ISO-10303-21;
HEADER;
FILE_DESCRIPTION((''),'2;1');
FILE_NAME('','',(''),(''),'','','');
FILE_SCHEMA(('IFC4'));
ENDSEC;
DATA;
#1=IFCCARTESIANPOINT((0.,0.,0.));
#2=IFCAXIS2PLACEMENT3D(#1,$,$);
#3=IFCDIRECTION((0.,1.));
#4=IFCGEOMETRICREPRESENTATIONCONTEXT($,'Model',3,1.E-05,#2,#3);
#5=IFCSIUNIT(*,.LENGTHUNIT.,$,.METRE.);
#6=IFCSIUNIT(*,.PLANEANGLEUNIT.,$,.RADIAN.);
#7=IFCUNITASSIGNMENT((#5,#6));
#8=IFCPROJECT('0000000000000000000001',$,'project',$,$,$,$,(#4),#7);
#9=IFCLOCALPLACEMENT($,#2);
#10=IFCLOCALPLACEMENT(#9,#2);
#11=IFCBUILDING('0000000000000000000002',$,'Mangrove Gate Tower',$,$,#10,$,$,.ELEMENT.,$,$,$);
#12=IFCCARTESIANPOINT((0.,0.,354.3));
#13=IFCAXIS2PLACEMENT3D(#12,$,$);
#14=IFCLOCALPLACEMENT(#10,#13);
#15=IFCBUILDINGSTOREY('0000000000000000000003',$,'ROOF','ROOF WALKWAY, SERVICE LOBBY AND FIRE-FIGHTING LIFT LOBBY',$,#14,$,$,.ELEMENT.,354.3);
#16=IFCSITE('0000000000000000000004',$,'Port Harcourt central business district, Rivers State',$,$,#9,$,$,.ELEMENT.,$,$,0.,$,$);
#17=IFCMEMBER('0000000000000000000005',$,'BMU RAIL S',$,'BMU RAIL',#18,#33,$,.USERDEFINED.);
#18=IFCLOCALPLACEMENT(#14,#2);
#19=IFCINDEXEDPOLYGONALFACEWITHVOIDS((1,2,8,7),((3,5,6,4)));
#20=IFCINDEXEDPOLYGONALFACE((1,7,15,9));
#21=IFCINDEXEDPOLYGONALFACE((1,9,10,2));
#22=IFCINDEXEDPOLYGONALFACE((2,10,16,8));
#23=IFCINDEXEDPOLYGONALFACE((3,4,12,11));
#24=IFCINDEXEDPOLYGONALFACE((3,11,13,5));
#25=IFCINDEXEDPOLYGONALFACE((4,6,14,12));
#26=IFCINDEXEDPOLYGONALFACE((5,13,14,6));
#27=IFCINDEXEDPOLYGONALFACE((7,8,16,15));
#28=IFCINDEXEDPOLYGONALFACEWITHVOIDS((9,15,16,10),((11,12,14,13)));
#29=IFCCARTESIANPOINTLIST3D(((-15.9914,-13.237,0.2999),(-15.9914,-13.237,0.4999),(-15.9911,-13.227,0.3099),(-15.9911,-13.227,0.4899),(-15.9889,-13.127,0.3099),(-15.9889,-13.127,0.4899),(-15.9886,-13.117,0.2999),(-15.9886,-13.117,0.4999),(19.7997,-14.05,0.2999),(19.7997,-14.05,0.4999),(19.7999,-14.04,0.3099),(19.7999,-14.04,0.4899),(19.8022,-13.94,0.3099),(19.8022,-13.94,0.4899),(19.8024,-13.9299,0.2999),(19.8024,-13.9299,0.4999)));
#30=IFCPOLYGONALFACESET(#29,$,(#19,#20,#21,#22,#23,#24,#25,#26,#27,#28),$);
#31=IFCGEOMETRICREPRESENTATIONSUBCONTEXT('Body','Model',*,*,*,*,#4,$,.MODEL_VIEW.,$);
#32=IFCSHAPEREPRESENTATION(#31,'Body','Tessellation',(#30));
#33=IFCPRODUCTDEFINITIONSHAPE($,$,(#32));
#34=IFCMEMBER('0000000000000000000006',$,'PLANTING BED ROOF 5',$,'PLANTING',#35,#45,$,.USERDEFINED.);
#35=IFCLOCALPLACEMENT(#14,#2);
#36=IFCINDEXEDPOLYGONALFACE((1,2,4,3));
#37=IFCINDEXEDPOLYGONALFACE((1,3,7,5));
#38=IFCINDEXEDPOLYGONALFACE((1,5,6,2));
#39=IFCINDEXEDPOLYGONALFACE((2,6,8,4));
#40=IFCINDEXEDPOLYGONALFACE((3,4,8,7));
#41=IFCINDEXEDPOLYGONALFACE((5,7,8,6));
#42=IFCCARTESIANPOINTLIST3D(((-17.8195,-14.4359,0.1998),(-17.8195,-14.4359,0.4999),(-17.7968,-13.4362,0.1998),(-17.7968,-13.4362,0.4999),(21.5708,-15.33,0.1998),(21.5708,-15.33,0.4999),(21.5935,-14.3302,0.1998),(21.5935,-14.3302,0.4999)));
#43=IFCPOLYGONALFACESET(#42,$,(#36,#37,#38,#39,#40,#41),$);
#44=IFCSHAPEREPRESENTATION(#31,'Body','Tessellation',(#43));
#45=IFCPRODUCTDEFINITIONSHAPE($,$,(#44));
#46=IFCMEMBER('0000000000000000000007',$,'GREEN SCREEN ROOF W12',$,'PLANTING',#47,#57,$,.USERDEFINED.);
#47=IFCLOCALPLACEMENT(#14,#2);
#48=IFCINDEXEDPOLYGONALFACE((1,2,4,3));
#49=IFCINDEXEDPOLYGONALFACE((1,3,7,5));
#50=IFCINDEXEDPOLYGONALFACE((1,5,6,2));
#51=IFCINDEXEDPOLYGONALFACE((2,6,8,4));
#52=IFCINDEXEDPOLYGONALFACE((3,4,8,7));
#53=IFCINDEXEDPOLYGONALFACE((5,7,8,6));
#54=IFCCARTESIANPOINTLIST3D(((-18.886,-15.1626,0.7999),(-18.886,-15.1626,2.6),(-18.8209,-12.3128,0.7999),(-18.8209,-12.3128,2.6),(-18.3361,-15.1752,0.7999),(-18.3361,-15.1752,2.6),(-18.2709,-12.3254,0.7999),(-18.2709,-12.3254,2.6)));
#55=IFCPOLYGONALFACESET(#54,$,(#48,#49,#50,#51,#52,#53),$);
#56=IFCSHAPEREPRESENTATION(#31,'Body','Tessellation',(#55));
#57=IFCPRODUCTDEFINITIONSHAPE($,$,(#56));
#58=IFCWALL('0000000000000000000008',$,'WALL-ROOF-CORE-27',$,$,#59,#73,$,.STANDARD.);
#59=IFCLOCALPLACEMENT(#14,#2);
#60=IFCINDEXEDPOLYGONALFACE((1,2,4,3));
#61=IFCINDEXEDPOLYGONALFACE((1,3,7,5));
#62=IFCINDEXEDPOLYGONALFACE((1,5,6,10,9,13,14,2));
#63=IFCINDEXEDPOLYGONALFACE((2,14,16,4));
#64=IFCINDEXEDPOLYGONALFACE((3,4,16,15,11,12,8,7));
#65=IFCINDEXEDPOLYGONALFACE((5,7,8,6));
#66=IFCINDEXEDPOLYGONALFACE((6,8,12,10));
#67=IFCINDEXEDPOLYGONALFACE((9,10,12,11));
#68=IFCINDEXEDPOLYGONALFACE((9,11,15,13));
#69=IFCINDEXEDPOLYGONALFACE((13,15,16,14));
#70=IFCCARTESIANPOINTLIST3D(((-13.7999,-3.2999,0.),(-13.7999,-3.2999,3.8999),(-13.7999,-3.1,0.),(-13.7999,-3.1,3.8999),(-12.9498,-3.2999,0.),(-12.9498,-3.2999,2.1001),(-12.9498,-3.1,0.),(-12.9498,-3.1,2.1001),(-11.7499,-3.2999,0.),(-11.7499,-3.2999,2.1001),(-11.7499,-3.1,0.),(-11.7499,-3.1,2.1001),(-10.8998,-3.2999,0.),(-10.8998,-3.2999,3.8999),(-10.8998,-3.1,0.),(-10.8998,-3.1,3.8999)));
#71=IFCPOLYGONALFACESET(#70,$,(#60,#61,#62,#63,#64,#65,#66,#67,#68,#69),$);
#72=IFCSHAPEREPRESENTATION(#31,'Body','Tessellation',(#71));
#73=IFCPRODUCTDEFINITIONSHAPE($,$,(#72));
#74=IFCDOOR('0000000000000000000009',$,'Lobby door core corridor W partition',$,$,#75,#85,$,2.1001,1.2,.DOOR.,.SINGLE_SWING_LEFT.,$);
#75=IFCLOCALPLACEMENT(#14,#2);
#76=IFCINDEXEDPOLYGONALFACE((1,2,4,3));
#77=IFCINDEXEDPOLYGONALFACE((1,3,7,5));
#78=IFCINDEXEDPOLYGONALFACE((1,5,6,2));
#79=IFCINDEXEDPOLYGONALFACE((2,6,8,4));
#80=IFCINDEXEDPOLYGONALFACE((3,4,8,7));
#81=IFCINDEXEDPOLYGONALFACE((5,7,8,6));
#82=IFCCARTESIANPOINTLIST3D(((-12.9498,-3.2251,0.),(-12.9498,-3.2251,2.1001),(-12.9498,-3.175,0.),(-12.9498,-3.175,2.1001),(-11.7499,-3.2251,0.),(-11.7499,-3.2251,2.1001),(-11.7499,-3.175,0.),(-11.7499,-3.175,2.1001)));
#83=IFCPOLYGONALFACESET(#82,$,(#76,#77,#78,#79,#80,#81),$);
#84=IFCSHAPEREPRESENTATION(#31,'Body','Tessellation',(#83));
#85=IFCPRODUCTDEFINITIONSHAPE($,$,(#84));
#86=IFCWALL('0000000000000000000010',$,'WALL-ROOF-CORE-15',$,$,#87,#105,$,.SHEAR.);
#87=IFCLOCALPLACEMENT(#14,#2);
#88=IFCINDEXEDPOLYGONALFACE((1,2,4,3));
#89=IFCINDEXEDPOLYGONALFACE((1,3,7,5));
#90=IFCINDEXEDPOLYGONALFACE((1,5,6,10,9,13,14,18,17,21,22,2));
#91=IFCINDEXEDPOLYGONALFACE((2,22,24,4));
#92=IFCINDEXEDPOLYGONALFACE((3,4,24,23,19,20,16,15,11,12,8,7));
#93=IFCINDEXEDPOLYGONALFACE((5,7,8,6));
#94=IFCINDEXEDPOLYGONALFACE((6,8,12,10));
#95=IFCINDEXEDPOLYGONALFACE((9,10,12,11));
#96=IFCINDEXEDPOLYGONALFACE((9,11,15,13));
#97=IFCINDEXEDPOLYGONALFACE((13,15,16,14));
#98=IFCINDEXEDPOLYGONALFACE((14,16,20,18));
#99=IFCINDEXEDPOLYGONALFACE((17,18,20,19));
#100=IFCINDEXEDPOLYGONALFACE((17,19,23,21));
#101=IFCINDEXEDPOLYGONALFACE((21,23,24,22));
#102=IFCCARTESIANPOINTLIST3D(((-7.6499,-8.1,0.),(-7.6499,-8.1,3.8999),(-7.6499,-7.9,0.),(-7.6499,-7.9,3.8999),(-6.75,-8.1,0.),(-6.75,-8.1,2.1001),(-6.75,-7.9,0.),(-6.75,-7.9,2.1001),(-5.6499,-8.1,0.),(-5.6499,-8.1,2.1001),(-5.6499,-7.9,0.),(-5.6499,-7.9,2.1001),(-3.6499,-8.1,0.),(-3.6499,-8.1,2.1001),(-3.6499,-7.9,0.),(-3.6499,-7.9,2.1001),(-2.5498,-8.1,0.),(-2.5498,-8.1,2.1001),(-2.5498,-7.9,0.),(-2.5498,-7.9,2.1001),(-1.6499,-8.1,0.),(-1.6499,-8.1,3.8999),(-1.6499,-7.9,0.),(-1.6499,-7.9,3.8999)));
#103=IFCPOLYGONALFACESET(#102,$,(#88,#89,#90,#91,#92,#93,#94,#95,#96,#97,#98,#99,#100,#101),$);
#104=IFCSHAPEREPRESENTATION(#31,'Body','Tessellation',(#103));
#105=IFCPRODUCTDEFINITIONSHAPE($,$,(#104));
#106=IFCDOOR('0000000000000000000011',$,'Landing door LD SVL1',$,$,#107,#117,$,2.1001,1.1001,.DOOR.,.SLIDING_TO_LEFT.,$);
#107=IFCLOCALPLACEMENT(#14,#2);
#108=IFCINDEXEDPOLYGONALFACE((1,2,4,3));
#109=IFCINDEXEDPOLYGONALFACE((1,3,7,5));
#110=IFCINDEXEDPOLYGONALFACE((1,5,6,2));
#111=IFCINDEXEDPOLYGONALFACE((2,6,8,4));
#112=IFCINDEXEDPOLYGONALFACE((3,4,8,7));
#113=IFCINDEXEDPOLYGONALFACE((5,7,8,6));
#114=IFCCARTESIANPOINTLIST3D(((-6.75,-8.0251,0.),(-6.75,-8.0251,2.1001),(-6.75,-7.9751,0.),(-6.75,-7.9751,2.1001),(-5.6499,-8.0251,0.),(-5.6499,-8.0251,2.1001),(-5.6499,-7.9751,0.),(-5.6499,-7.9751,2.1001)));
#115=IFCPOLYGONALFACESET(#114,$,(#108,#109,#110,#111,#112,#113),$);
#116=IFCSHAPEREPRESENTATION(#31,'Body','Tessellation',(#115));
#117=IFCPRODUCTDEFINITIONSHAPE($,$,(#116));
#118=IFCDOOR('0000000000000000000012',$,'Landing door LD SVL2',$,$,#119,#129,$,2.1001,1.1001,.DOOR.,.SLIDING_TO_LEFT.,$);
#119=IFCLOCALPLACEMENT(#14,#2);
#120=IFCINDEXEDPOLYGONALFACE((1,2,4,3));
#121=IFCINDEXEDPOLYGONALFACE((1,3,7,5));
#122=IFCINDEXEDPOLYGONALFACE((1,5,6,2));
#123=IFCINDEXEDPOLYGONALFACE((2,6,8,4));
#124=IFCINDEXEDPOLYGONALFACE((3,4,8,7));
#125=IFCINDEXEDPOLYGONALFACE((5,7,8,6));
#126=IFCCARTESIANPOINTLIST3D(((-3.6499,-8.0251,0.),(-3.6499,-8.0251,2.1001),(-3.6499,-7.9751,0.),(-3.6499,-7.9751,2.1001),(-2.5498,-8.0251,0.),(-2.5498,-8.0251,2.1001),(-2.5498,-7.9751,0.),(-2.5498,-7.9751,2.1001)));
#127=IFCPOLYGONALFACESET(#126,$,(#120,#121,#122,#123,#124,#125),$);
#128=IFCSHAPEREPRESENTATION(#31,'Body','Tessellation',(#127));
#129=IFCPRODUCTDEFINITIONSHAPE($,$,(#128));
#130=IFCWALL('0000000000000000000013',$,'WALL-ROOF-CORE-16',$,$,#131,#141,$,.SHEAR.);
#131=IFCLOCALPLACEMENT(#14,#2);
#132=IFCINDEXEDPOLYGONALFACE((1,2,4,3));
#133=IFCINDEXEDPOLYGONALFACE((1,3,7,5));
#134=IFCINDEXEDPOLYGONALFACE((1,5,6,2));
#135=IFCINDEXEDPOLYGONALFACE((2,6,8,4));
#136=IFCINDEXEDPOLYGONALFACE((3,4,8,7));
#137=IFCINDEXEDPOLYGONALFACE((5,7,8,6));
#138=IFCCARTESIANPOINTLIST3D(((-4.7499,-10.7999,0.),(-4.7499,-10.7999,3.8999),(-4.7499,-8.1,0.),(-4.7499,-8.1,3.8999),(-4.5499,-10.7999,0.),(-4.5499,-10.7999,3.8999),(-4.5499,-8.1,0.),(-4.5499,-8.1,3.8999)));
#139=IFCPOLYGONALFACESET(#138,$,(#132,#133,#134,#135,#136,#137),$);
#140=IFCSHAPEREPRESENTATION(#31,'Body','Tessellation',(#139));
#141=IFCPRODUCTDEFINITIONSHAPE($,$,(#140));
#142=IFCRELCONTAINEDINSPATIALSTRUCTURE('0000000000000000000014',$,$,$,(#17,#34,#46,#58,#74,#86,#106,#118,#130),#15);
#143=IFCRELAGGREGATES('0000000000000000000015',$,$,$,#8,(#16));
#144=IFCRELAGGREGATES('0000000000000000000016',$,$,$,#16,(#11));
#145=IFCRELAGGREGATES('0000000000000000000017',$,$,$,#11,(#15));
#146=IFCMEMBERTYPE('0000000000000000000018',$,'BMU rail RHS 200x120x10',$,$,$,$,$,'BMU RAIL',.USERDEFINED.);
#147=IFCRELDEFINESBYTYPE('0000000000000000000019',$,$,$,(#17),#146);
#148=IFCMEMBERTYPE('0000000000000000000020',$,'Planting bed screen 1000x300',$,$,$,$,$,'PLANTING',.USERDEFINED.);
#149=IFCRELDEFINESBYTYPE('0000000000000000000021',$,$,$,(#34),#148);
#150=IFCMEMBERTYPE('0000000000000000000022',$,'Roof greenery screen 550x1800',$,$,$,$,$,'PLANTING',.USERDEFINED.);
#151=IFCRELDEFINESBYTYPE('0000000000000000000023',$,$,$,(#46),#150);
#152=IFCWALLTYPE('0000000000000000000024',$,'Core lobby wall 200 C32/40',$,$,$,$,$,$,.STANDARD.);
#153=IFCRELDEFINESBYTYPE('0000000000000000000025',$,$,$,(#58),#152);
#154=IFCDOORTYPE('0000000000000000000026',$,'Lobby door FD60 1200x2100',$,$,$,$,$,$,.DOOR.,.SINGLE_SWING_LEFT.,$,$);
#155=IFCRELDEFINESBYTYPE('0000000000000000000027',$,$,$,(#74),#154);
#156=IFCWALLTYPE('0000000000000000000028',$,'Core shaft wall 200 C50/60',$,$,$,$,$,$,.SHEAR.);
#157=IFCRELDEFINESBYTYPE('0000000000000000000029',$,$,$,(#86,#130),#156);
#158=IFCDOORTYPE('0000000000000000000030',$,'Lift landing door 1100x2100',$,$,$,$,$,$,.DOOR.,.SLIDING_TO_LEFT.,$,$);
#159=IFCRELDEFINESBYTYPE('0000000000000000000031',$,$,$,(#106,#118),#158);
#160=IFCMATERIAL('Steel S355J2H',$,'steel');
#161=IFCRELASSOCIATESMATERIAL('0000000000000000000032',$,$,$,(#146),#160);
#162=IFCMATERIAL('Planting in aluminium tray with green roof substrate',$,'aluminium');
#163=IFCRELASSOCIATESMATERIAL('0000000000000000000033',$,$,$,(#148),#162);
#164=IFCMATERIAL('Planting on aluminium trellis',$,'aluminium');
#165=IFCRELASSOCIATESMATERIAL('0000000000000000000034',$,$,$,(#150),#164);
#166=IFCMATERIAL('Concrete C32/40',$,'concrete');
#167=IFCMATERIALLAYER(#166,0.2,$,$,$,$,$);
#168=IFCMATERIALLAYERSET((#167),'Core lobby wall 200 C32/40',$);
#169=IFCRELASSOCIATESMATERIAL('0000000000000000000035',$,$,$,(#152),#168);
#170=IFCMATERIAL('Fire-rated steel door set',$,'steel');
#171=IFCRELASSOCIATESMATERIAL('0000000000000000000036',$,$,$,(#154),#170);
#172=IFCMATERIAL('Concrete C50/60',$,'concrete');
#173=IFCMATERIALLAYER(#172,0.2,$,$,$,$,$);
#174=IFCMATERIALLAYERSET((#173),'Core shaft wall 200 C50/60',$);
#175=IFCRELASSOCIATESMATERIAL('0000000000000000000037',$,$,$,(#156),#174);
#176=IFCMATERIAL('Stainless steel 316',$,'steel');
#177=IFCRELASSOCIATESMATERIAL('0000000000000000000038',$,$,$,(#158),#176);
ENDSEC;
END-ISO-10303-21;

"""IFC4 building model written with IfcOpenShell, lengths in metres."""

from ifc_helpers import new_model, si_unit, direction, frame, frame_2d, origin, origin_2d, place, context, subcontext, project, spatial, rectangle, hollow_rectangle, extrude, material, layer, layer_set, material_profile, profile_set, type_object, element, fill, save


model = new_model("IFC4")

# Units and contexts
model_context = context("Model", 3, precision=1e-05, world=origin(), true_north=direction((0.0, 1.0)))
body_context = subcontext(model_context, "Body", "Model", "MODEL_VIEW")
ifc_project = project(units=[si_unit("LENGTHUNIT", "METRE"), si_unit("PLANEANGLEUNIT", "RADIAN")], contexts=[model_context])

# Site, building, storey
site_placement = place(None, origin())
site = spatial("IfcSite", under=ifc_project, at=site_placement, Name="Port Harcourt central business district, Rivers State", CompositionType="ELEMENT", RefElevation=0.0)
building_placement = place(site_placement, origin())
building = spatial("IfcBuilding", under=site, at=building_placement, Name="Mangrove Gate Tower", CompositionType="ELEMENT")
storey_placement = place(building_placement, frame((0.0, 0.0, 354.3)))
storey = spatial("IfcBuildingStorey", under=building, at=storey_placement, Name="ROOF", Description="ROOF WALKWAY, SERVICE LOBBY AND FIRE-FIGHTING LIFT LOBBY", CompositionType="ELEMENT", Elevation=354.3)

# Members
ifc_material_1 = material(Name="Steel S355J2H", Category="steel")
ifc_material_profile_1 = material_profile(ifc_material_1, hollow_rectangle(XDim=0.1201, YDim=0.2, WallThickness=0.01, at=origin_2d()))
ifc_profile_set_1 = profile_set([ifc_material_profile_1], Name="Steel S355J2H")
member_type_1 = type_object("IfcMemberType", Name="BMU rail RHS 200x120x10", ElementType="BMU RAIL", PredefinedType="USERDEFINED", material=ifc_profile_set_1)
member_1_placement = place(storey_placement, frame((-15.99, -13.177, 0.3999), z_axis=(0.999742, -0.022709, 0.0), x_axis=(0.022709, 0.999742, 0.0)))
element("IfcMember", 1, at=member_1_placement, inside=storey, type_object=member_type_1, Name="BMU RAIL S", ObjectType="BMU RAIL", PredefinedType="USERDEFINED", context=body_context, shape_type="SweptSolid", body=[
    extrude(hollow_rectangle(XDim=0.1201, YDim=0.2, WallThickness=0.01, at=origin_2d()), origin(), (0.0, 0.0, 1.0), 35.8003),
])
ifc_material_2 = material(Name="Planting in aluminium tray with green roof substrate", Category="aluminium")
ifc_material_profile_2 = material_profile(ifc_material_2, rectangle(XDim=1.0, YDim=0.3, at=origin_2d()))
ifc_profile_set_2 = profile_set([ifc_material_profile_2], Name="Planting in aluminium tray with green roof substrate")
member_type_2 = type_object("IfcMemberType", Name="Planting bed screen 1000x300", ElementType="PLANTING", PredefinedType="USERDEFINED", material=ifc_profile_set_2)
member_2_placement = place(storey_placement, frame((-17.8081, -13.936, 0.3499), z_axis=(0.999743, -0.022691, 0.0), x_axis=(0.022691, 0.999743, 0.0)))
element("IfcMember", 2, at=member_2_placement, inside=storey, type_object=member_type_2, Name="PLANTING BED ROOF 5", ObjectType="PLANTING", PredefinedType="USERDEFINED", context=body_context, shape_type="SweptSolid", body=[
    extrude(rectangle(XDim=1.0, YDim=0.3, at=origin_2d()), origin(), (0.0, 0.0, 1.0), 39.4004),
])
ifc_material_3 = material(Name="Planting on aluminium trellis", Category="aluminium")
ifc_material_profile_3 = material_profile(ifc_material_3, rectangle(XDim=0.55, YDim=1.8, at=origin_2d()))
ifc_profile_set_3 = profile_set([ifc_material_profile_3], Name="Planting on aluminium trellis")
member_type_3 = type_object("IfcMemberType", Name="Roof greenery screen 550x1800", ElementType="PLANTING", PredefinedType="USERDEFINED", material=ifc_profile_set_3)
member_3_placement = place(storey_placement, frame((-18.5459, -12.3191, 1.7), z_axis=(-0.022867, -0.999739, 0.0), x_axis=(0.999739, -0.022867, 0.0)))
element("IfcMember", 3, at=member_3_placement, inside=storey, type_object=member_type_3, Name="GREEN SCREEN ROOF W12", ObjectType="PLANTING", PredefinedType="USERDEFINED", context=body_context, shape_type="SweptSolid", body=[
    extrude(rectangle(XDim=0.55, YDim=1.8, at=origin_2d()), origin(), (0.0, 0.0, 1.0), 2.8506),
])

# Wall, opening, door
ifc_material_4 = material(Name="Concrete C32/40", Category="concrete")
ifc_layer_1 = layer(ifc_material_4, 0.2)
ifc_layer_set_1 = layer_set([ifc_layer_1], Name="Core lobby wall 200 C32/40")
wall_type_1 = type_object("IfcWallType", Name="Core lobby wall 200 C32/40", PredefinedType="STANDARD", material=ifc_layer_set_1)
wall_1_placement = place(storey_placement, frame((-13.8, -3.2, 0.0), z_axis=(0.0, 0.0, 1.0), x_axis=(1.0, 0.0, 0.0)))
wall_1 = element("IfcWall", 4, at=wall_1_placement, inside=storey, type_object=wall_type_1, Name="WALL-ROOF-CORE-27", PredefinedType="STANDARD", context=body_context, shape_type="SweptSolid", body=[
    extrude(rectangle(XDim=2.9001, YDim=0.2, at=frame_2d((1.4502, 0.0))), origin(), (0.0, 0.0, 1.0), 3.8999),
])
opening_1_placement = place(wall_1_placement, frame((0.8501, 0.0, 0.0)))
opening_1 = element("IfcOpeningElement", 5, at=opening_1_placement, cuts=wall_1, PredefinedType="OPENING", context=body_context, shape_type="SweptSolid", body=[
    extrude(rectangle(XDim=1.2, YDim=2.1001, at=frame_2d((0.6001, 1.05))), frame((0.0, 0.1099, 0.0), z_axis=(0.0, -1.0, 0.0), x_axis=(1.0, 0.0, 0.0)), (0.0, 0.0, 1.0), 0.22),
])
ifc_material_5 = material(Name="Fire-rated steel door set", Category="steel")
door_type_1 = type_object("IfcDoorType", Name="Lobby door FD60 1200x2100", OperationType="SINGLE_SWING_LEFT", PredefinedType="DOOR", material=ifc_material_5)
door_1_placement = place(opening_1_placement, origin())
door_1 = element("IfcDoor", 6, at=door_1_placement, inside=storey, type_object=door_type_1, Name="Lobby door core corridor W partition", OperationType="SINGLE_SWING_LEFT", OverallHeight=2.1001, OverallWidth=1.2, PredefinedType="DOOR", context=body_context, shape_type="SweptSolid", body=[
    extrude(rectangle(XDim=1.2, YDim=2.1001, at=frame_2d((0.6001, 1.05))), frame((0.0, 0.0249, 0.0), z_axis=(0.0, -1.0, 0.0), x_axis=(1.0, 0.0, 0.0)), (0.0, 0.0, 1.0), 0.05),
])
fill(opening_1, door_1)

# Wall, openings, doors
ifc_material_6 = material(Name="Concrete C50/60", Category="concrete")
ifc_layer_2 = layer(ifc_material_6, 0.2)
ifc_layer_set_2 = layer_set([ifc_layer_2], Name="Core shaft wall 200 C50/60")
wall_type_2 = type_object("IfcWallType", Name="Core shaft wall 200 C50/60", PredefinedType="SHEAR", material=ifc_layer_set_2)
wall_2_placement = place(storey_placement, frame((-7.6499, -8.0, 0.0), z_axis=(0.0, 0.0, 1.0), x_axis=(1.0, 0.0, 0.0)))
wall_2 = element("IfcWall", 7, at=wall_2_placement, inside=storey, type_object=wall_type_2, Name="WALL-ROOF-CORE-15", PredefinedType="SHEAR", context=body_context, shape_type="SweptSolid", body=[
    extrude(rectangle(XDim=6.0, YDim=0.2, at=frame_2d((3.0, 0.0))), origin(), (0.0, 0.0, 1.0), 3.8999),
])
opening_2_placement = place(wall_2_placement, frame((0.8999, 0.0, 0.0)))
opening_2 = element("IfcOpeningElement", 8, at=opening_2_placement, cuts=wall_2, PredefinedType="OPENING", context=body_context, shape_type="SweptSolid", body=[
    extrude(rectangle(XDim=1.1001, YDim=2.1001, at=frame_2d((0.55, 1.05))), frame((0.0, 0.1099, 0.0), z_axis=(0.0, -1.0, 0.0), x_axis=(1.0, 0.0, 0.0)), (0.0, 0.0, 1.0), 0.22),
])
opening_3_placement = place(wall_2_placement, frame((4.0, 0.0, 0.0)))
opening_3 = element("IfcOpeningElement", 9, at=opening_3_placement, cuts=wall_2, PredefinedType="OPENING", context=body_context, shape_type="SweptSolid", body=[
    extrude(rectangle(XDim=1.1001, YDim=2.1001, at=frame_2d((0.55, 1.05))), frame((0.0, 0.1099, 0.0), z_axis=(0.0, -1.0, 0.0), x_axis=(1.0, 0.0, 0.0)), (0.0, 0.0, 1.0), 0.22),
])
ifc_material_7 = material(Name="Stainless steel 316", Category="steel")
door_type_2 = type_object("IfcDoorType", Name="Lift landing door 1100x2100", OperationType="SLIDING_TO_LEFT", PredefinedType="DOOR", material=ifc_material_7)
door_2_placement = place(opening_2_placement, origin())
door_2 = element("IfcDoor", 10, at=door_2_placement, inside=storey, type_object=door_type_2, Name="Landing door LD SVL1", OperationType="SLIDING_TO_LEFT", OverallHeight=2.1001, OverallWidth=1.1001, PredefinedType="DOOR", context=body_context, shape_type="SweptSolid", body=[
    extrude(rectangle(XDim=1.1001, YDim=2.1001, at=frame_2d((0.55, 1.05))), frame((0.0, 0.0249, 0.0), z_axis=(0.0, -1.0, 0.0), x_axis=(1.0, 0.0, 0.0)), (0.0, 0.0, 1.0), 0.05),
])
fill(opening_2, door_2)
door_3_placement = place(opening_3_placement, origin())
door_3 = element("IfcDoor", 11, at=door_3_placement, inside=storey, type_object=door_type_2, Name="Landing door LD SVL2", OperationType="SLIDING_TO_LEFT", OverallHeight=2.1001, OverallWidth=1.1001, PredefinedType="DOOR", context=body_context, shape_type="SweptSolid", body=[
    extrude(rectangle(XDim=1.1001, YDim=2.1001, at=frame_2d((0.55, 1.05))), frame((0.0, 0.0249, 0.0), z_axis=(0.0, -1.0, 0.0), x_axis=(1.0, 0.0, 0.0)), (0.0, 0.0, 1.0), 0.05),
])
fill(opening_3, door_3)

# Wall
wall_3_placement = place(storey_placement, frame((-4.6499, -10.8, 0.0), z_axis=(0.0, 0.0, 1.0), x_axis=(0.0, 1.0, 0.0)))
element("IfcWall", 12, at=wall_3_placement, inside=storey, type_object=wall_type_2, Name="WALL-ROOF-CORE-16", PredefinedType="SHEAR", context=body_context, shape_type="SweptSolid", body=[
    extrude(rectangle(XDim=2.7, YDim=0.2, at=frame_2d((1.3501, 0.0))), origin(), (0.0, 0.0, 1.0), 3.8999),
])

save(model, "model.ifc")
